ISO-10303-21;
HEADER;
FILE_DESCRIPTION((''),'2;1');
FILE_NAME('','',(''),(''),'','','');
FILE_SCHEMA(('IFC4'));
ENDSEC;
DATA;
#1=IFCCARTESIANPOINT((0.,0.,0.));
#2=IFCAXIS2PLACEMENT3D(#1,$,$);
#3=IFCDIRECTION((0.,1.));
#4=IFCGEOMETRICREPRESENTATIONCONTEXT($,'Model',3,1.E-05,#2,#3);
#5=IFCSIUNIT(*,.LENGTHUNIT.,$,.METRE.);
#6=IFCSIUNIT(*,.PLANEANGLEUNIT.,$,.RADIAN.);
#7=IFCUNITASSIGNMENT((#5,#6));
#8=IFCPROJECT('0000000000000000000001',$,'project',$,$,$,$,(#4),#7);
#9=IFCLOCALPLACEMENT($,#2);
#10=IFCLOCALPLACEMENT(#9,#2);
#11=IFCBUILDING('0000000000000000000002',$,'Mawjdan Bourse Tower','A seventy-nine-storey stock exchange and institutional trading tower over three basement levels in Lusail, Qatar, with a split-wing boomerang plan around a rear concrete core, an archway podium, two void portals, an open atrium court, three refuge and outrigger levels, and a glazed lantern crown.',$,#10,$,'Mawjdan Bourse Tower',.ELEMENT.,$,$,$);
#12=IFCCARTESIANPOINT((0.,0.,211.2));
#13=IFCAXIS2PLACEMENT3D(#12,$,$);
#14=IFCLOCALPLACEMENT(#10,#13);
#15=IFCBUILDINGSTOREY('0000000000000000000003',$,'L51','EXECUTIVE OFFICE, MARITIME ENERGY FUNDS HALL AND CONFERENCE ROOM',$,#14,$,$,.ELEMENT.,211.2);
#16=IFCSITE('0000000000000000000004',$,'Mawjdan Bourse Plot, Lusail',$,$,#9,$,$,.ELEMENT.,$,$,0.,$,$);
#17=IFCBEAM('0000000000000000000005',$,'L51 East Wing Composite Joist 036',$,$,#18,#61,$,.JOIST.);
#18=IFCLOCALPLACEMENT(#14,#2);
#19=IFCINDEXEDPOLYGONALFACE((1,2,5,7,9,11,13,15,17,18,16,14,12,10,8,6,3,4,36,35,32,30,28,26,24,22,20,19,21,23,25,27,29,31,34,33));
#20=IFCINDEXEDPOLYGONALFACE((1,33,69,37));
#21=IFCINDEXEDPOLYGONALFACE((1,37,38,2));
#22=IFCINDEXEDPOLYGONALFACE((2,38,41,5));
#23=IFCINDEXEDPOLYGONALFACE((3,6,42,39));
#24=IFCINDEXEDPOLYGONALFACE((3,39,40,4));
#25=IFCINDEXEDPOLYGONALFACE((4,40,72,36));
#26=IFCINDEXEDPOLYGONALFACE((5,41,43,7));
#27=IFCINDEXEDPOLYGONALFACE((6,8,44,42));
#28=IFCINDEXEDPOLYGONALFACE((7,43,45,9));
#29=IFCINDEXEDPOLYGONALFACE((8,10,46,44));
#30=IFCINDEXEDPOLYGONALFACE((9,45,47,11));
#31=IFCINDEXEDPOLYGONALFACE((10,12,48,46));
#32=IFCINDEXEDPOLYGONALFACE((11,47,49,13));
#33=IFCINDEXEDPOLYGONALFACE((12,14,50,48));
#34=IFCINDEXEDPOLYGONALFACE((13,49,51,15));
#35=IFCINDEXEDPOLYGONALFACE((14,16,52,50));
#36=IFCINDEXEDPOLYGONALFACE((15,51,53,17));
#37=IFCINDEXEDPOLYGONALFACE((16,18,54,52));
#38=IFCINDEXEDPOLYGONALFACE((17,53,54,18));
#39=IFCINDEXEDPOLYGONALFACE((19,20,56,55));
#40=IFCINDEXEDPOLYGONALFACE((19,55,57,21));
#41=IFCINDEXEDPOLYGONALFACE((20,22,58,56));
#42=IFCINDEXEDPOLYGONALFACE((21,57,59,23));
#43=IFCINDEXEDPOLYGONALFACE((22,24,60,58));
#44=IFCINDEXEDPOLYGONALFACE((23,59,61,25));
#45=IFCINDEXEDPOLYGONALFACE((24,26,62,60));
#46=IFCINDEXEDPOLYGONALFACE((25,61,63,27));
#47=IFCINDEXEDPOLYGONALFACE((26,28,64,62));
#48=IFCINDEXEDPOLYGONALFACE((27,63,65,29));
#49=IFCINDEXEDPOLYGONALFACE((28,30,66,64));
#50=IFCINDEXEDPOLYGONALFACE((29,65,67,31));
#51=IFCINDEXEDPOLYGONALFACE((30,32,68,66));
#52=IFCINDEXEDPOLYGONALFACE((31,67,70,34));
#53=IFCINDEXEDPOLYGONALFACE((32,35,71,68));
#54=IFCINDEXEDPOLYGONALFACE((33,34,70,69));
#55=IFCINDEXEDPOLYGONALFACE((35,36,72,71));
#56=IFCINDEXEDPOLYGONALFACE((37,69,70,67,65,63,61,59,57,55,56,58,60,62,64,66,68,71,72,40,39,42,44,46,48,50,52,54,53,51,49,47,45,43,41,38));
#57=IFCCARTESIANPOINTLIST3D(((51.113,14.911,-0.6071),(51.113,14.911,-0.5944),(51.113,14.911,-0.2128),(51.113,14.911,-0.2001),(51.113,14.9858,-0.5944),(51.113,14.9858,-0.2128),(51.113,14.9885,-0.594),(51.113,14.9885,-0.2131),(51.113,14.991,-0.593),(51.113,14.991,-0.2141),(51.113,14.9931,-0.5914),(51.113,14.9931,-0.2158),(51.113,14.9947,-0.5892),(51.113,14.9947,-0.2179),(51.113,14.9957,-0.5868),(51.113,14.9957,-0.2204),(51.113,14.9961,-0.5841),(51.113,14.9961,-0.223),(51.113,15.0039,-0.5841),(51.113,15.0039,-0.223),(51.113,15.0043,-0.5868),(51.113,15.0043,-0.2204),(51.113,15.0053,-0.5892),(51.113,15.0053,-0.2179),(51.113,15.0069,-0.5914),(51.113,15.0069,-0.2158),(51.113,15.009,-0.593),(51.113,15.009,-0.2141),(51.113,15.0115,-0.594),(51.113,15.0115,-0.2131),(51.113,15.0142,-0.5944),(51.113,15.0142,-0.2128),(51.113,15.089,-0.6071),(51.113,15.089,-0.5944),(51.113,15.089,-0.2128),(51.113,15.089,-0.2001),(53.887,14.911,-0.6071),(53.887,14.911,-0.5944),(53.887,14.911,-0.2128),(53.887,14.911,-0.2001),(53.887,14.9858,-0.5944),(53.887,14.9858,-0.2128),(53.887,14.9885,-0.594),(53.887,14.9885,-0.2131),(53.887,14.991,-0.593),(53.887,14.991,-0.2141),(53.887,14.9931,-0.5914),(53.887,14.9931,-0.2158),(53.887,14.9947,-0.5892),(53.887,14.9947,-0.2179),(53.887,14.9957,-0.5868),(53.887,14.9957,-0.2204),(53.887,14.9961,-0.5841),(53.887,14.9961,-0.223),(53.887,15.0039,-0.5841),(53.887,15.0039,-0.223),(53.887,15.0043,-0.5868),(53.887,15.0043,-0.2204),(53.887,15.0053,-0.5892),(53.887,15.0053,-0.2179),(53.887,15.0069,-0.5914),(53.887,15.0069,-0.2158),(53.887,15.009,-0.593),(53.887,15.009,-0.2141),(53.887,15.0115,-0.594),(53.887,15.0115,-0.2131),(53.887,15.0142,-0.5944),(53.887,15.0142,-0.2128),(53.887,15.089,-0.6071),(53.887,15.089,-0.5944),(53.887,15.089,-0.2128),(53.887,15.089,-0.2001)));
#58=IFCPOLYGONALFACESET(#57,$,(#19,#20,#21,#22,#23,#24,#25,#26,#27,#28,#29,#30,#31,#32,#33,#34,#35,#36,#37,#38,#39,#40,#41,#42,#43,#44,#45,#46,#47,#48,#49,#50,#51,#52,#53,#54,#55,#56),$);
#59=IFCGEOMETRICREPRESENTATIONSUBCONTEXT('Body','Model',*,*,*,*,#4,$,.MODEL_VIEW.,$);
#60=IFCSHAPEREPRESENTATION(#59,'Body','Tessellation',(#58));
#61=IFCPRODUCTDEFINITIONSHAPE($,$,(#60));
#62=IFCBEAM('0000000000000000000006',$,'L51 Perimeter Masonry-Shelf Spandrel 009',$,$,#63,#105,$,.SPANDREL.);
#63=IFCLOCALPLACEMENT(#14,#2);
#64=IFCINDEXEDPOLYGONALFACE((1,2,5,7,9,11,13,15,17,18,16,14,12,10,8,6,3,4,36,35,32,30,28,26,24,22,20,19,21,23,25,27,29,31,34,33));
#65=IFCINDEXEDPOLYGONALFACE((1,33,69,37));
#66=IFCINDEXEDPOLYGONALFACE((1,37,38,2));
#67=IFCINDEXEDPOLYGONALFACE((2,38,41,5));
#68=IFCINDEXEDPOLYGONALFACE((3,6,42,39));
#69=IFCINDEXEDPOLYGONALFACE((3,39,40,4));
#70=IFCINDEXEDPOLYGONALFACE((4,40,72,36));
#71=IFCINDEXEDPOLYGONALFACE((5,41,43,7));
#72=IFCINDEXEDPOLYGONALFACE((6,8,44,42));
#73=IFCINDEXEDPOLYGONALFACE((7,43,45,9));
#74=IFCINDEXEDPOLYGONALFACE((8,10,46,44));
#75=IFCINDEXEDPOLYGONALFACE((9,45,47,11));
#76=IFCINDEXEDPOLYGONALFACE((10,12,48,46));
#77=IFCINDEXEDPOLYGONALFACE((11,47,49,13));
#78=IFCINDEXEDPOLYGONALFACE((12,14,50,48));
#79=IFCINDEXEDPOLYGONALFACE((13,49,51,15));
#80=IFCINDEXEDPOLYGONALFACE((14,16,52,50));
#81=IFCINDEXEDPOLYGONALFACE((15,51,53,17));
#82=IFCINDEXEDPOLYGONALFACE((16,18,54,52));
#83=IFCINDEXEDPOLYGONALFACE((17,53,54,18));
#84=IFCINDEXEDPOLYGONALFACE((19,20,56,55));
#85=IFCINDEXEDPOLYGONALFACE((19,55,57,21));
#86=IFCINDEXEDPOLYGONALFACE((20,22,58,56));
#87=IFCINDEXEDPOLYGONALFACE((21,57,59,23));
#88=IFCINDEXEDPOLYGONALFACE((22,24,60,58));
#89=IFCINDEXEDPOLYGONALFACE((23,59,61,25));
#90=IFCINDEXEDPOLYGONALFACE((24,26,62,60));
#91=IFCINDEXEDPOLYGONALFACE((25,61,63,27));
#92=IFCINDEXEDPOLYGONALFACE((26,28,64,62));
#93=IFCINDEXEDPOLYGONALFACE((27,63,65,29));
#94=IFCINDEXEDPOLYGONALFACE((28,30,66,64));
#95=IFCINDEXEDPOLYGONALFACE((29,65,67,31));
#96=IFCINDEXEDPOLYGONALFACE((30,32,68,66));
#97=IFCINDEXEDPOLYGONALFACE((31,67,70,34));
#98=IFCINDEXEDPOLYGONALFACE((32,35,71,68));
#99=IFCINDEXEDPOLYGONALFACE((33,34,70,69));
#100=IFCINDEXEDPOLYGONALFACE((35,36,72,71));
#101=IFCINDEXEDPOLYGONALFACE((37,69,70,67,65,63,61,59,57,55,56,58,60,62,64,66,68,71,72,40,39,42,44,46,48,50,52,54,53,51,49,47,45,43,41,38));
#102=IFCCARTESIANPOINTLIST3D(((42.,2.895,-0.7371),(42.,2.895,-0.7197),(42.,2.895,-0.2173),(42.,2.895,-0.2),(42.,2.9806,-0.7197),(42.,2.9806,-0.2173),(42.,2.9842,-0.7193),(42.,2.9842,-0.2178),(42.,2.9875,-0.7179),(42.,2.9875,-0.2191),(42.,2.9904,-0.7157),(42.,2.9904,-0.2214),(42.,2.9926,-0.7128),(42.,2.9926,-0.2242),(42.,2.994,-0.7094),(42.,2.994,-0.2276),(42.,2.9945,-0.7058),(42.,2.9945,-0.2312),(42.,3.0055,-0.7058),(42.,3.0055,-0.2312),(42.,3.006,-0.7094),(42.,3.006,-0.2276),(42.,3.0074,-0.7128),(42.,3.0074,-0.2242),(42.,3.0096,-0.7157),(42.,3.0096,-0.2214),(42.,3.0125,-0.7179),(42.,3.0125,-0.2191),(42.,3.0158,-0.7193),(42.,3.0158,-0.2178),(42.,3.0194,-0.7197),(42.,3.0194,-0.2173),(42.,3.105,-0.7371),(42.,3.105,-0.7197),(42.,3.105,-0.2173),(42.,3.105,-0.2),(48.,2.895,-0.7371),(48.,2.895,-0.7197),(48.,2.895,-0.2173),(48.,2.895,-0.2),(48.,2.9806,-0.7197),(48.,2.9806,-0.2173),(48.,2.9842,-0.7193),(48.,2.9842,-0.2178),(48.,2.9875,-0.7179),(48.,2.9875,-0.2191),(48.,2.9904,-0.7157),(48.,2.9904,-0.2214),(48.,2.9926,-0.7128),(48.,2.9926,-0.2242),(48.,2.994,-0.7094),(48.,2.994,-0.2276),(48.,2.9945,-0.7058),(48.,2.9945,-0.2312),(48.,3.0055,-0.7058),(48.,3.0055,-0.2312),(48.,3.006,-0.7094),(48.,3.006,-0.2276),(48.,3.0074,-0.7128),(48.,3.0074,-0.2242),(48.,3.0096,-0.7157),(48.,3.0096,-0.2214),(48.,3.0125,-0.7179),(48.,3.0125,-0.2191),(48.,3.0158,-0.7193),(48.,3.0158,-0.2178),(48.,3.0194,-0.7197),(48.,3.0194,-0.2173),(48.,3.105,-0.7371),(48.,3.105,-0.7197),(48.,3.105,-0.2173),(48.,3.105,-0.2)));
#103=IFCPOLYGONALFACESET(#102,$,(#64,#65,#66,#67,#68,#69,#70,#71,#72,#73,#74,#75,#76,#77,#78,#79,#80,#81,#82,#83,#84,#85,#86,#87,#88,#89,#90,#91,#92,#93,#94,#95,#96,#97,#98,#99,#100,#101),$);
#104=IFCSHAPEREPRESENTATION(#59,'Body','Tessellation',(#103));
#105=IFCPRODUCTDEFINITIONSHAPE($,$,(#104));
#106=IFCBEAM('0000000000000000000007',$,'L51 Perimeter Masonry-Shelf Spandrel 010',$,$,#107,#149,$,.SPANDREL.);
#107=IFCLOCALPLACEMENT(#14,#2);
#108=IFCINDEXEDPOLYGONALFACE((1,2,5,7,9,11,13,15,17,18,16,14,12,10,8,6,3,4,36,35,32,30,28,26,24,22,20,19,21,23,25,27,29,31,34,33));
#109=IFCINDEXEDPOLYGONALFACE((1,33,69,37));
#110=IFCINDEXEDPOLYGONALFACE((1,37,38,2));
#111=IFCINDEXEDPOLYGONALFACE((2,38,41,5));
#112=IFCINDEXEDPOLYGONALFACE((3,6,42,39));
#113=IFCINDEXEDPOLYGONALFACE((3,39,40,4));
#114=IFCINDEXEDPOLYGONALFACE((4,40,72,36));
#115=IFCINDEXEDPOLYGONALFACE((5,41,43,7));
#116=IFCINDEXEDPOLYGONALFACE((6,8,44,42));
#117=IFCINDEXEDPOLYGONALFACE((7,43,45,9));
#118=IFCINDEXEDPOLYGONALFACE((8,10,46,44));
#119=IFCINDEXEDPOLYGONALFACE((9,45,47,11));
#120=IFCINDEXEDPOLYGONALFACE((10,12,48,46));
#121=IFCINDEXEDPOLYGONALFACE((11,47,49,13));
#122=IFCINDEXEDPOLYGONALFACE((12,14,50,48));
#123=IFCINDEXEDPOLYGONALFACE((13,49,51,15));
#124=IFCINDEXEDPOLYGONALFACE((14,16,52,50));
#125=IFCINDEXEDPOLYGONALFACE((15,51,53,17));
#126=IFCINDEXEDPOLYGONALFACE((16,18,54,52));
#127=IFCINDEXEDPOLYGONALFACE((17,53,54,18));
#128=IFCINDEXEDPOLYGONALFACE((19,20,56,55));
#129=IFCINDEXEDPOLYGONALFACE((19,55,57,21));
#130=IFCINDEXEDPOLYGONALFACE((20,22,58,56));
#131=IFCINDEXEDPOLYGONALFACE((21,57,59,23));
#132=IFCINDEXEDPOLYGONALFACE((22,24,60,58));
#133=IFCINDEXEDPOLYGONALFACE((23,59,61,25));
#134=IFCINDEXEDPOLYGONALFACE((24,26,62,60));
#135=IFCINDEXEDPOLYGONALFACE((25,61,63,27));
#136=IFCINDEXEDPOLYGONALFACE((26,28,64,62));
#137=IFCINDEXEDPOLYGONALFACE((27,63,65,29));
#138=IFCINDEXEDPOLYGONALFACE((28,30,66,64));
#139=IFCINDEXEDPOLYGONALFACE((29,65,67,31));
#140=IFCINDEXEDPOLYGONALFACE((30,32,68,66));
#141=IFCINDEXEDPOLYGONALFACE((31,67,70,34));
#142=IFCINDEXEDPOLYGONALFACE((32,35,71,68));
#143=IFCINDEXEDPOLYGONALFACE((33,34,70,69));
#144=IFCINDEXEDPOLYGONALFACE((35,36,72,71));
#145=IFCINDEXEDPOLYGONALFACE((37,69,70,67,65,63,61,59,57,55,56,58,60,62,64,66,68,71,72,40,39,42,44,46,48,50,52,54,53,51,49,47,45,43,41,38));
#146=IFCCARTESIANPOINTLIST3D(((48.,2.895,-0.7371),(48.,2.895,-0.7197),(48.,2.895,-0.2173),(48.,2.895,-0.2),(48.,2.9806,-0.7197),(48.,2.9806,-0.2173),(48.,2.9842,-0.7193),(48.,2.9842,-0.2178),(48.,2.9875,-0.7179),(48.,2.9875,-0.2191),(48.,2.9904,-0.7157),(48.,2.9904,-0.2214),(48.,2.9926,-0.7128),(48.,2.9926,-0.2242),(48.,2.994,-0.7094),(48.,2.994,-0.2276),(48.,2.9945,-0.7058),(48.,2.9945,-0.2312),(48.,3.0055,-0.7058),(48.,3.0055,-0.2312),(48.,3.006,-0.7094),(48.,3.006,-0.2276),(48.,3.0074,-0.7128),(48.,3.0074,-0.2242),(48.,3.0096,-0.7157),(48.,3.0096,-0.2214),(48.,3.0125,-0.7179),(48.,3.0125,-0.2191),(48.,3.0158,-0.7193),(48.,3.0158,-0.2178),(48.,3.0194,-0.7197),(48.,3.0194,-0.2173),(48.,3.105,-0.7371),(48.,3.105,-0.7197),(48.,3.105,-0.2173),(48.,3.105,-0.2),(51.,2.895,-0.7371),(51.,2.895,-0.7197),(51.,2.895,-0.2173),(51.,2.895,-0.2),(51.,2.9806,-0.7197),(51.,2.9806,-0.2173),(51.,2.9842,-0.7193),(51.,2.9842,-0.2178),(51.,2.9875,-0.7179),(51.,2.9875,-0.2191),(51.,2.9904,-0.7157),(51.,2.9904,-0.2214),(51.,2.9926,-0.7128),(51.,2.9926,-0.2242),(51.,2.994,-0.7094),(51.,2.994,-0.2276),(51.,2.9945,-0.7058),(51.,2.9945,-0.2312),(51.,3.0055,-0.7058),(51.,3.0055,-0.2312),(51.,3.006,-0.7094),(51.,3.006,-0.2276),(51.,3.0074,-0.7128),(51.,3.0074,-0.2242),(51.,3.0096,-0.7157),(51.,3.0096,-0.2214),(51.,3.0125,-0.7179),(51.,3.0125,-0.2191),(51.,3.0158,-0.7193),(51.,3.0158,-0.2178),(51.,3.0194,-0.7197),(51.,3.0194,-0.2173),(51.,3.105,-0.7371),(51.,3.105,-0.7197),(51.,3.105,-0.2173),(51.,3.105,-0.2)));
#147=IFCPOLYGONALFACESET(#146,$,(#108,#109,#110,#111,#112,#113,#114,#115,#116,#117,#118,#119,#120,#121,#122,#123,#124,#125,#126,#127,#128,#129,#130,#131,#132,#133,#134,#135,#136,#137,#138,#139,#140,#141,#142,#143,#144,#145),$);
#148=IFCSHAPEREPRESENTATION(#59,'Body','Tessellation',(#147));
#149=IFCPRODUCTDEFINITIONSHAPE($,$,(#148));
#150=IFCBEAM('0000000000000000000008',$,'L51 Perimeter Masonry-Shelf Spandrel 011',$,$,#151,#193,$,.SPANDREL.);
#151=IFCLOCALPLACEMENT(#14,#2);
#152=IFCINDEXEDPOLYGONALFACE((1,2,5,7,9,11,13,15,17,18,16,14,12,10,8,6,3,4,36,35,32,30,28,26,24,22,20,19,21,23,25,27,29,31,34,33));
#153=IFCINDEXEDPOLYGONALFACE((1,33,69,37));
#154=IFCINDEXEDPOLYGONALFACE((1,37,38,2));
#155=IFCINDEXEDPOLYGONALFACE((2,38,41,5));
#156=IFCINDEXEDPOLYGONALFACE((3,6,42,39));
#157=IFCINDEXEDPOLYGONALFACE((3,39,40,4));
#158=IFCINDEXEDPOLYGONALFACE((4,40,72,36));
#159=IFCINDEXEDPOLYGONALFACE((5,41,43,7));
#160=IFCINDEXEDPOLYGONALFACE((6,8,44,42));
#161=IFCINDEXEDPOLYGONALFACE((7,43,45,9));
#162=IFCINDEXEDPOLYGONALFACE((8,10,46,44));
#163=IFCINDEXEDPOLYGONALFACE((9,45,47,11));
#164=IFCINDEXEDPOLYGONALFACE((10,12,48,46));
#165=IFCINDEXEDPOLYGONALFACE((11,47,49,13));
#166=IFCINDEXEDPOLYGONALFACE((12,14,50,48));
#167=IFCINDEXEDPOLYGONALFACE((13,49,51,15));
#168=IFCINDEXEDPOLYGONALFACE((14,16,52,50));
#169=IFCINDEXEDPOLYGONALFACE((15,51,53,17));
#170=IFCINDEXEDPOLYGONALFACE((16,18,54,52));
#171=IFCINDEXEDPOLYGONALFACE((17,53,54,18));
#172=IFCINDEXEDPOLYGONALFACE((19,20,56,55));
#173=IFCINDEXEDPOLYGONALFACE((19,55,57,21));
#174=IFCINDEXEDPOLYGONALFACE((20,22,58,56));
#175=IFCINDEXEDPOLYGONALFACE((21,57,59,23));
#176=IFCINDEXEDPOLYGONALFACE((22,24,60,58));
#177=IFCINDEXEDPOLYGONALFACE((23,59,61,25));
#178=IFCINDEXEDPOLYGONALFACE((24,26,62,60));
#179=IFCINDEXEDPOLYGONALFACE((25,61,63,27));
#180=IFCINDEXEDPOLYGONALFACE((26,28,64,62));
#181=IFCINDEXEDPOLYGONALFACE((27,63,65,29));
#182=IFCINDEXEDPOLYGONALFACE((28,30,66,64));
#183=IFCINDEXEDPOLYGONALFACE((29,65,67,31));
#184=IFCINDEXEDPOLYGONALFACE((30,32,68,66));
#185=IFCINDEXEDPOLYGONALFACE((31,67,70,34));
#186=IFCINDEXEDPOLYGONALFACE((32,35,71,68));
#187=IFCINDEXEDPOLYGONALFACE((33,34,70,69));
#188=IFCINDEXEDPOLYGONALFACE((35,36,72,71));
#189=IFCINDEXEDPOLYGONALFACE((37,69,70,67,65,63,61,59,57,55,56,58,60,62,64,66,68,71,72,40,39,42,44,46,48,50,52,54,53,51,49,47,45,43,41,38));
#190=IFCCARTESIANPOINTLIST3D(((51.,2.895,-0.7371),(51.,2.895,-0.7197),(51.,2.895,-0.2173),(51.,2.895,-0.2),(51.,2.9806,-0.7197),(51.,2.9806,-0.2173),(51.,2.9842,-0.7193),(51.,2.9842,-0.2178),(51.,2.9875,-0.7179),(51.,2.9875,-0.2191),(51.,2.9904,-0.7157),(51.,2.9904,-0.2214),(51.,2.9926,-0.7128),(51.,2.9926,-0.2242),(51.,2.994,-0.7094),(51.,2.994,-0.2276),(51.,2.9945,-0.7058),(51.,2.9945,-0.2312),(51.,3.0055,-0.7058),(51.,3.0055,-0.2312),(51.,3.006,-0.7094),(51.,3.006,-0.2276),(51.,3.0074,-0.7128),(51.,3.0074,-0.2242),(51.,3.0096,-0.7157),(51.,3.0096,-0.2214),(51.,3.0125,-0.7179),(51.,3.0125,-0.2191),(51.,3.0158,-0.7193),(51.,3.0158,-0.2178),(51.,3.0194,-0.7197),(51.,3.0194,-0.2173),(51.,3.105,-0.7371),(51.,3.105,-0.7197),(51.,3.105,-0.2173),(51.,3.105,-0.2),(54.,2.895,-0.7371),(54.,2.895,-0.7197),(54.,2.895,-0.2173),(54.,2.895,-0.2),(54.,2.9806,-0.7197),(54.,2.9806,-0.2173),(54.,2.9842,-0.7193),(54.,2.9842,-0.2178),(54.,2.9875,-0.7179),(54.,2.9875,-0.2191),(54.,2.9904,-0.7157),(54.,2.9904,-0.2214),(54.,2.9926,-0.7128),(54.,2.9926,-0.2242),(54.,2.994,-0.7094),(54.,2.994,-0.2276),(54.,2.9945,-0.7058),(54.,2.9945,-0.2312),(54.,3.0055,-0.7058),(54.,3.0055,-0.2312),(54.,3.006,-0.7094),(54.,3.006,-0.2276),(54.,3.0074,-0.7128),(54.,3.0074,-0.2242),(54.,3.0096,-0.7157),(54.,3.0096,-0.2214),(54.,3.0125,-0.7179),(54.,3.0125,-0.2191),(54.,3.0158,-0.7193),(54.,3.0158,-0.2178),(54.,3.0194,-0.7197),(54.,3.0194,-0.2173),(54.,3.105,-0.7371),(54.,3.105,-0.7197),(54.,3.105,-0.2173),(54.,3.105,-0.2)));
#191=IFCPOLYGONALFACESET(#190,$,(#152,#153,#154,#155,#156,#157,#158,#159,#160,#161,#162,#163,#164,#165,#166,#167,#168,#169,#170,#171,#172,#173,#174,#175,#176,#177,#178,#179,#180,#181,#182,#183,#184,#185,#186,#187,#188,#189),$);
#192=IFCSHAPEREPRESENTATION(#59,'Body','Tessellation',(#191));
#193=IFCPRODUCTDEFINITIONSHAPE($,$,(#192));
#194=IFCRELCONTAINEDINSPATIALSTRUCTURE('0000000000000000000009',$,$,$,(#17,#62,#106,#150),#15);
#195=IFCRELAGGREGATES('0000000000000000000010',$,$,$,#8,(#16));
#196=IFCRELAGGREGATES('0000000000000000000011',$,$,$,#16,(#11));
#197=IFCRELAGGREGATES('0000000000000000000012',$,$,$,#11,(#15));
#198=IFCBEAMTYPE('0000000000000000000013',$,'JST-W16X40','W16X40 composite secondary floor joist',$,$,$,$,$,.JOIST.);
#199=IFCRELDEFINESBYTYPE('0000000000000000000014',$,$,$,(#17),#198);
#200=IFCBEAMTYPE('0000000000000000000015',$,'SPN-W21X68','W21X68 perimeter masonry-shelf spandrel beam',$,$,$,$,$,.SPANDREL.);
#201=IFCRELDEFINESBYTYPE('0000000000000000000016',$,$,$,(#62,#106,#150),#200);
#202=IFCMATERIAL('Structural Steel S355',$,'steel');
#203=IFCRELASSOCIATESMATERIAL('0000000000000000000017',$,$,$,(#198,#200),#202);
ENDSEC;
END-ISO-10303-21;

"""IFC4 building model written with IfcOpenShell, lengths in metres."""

from ifc_helpers import new_model, si_unit, direction, frame, origin, origin_2d, place, context, subcontext, project, spatial, i_section, extrude, material, material_profile, profile_set, type_object, element, save


model = new_model("IFC4")

# Units and contexts
model_context = context("Model", 3, precision=1e-05, world=origin(), true_north=direction((0.0, 1.0)))
body_context = subcontext(model_context, "Body", "Model", "MODEL_VIEW")
ifc_project = project(units=[si_unit("LENGTHUNIT", "METRE"), si_unit("PLANEANGLEUNIT", "RADIAN")], contexts=[model_context])

# Site, building, storey
site_placement = place(None, origin())
site = spatial("IfcSite", under=ifc_project, at=site_placement, Name="Mawjdan Bourse Plot, Lusail", CompositionType="ELEMENT", RefElevation=0.0)
building_placement = place(site_placement, origin())
building = spatial("IfcBuilding", under=site, at=building_placement, Name="Mawjdan Bourse Tower", Description="A seventy-nine-storey stock exchange and institutional trading tower over three basement levels in Lusail, Qatar, with a split-wing boomerang plan around a rear concrete core, an archway podium, two void portals, an open atrium court, three refuge and outrigger levels, and a glazed lantern crown.", LongName="Mawjdan Bourse Tower", CompositionType="ELEMENT")
storey_placement = place(building_placement, frame((0.0, 0.0, 211.2)))
storey = spatial("IfcBuildingStorey", under=building, at=storey_placement, Name="L51", Description="EXECUTIVE OFFICE, MARITIME ENERGY FUNDS HALL AND CONFERENCE ROOM", CompositionType="ELEMENT", Elevation=211.2)

# Beams
ifc_material_1 = material(Name="Structural Steel S355", Category="steel")
ifc_material_profile_1 = material_profile(ifc_material_1, i_section(OverallWidth=0.178, OverallDepth=0.407, WebThickness=0.0078, FlangeThickness=0.0127, FilletRadius=0.0103, at=origin_2d()), Name="W16X40")
ifc_profile_set_1 = profile_set([ifc_material_profile_1], Name="Structural Steel S355")
beam_type_1 = type_object("IfcBeamType", Name="JST-W16X40", Description="W16X40 composite secondary floor joist", PredefinedType="JOIST", material=ifc_profile_set_1)
for number, where, z_axis, x_axis, name in (
    (1, (51.113, 15.0, -0.4036), (1.0, 0.0, 0.0), (0.0, 1.0, 0.0), "L51 East Wing Composite Joist 036"),
):
    element("IfcBeam", number, at=place(storey_placement, frame(where, z_axis=z_axis, x_axis=x_axis)), inside=storey, type_object=beam_type_1, Name=name, PredefinedType="JOIST", context=body_context, shape_type="SweptSolid", body=[
        extrude(i_section(OverallWidth=0.178, OverallDepth=0.407, WebThickness=0.0078, FlangeThickness=0.0127, FilletRadius=0.0103, at=origin_2d()), origin(), (0.0, 0.0, 1.0), 2.7739),
    ])
ifc_material_profile_2 = material_profile(ifc_material_1, i_section(OverallWidth=0.21, OverallDepth=0.5371, WebThickness=0.011, FlangeThickness=0.0173, FilletRadius=0.0139, at=origin_2d()), Name="W21X68")
ifc_profile_set_2 = profile_set([ifc_material_profile_2], Name="Structural Steel S355")
beam_type_2 = type_object("IfcBeamType", Name="SPN-W21X68", Description="W21X68 perimeter masonry-shelf spandrel beam", PredefinedType="SPANDREL", material=ifc_profile_set_2)
beam_1_placement = place(storey_placement, frame((42.0, 3.0, -0.4685), z_axis=(1.0, 0.0, 0.0), x_axis=(0.0, 1.0, 0.0)))
element("IfcBeam", 2, at=beam_1_placement, inside=storey, type_object=beam_type_2, Name="L51 Perimeter Masonry-Shelf Spandrel 009", PredefinedType="SPANDREL", context=body_context, shape_type="SweptSolid", body=[
    extrude(i_section(OverallWidth=0.21, OverallDepth=0.5371, WebThickness=0.011, FlangeThickness=0.0173, FilletRadius=0.0139, at=origin_2d()), origin(), (0.0, 0.0, 1.0), 6.0),
])
for number, where, z_axis, x_axis, name in (
    (3, (48.0, 3.0, -0.4685), (1.0, 0.0, 0.0), (0.0, 1.0, 0.0), "L51 Perimeter Masonry-Shelf Spandrel 010"),
    (4, (51.0, 3.0, -0.4685), (1.0, 0.0, 0.0), (0.0, 1.0, 0.0), "L51 Perimeter Masonry-Shelf Spandrel 011"),
):
    element("IfcBeam", number, at=place(storey_placement, frame(where, z_axis=z_axis, x_axis=x_axis)), inside=storey, type_object=beam_type_2, Name=name, PredefinedType="SPANDREL", context=body_context, shape_type="SweptSolid", body=[
        extrude(i_section(OverallWidth=0.21, OverallDepth=0.5371, WebThickness=0.011, FlangeThickness=0.0173, FilletRadius=0.0139, at=origin_2d()), origin(), (0.0, 0.0, 1.0), 3.0),
    ])

save(model, "model.ifc")
